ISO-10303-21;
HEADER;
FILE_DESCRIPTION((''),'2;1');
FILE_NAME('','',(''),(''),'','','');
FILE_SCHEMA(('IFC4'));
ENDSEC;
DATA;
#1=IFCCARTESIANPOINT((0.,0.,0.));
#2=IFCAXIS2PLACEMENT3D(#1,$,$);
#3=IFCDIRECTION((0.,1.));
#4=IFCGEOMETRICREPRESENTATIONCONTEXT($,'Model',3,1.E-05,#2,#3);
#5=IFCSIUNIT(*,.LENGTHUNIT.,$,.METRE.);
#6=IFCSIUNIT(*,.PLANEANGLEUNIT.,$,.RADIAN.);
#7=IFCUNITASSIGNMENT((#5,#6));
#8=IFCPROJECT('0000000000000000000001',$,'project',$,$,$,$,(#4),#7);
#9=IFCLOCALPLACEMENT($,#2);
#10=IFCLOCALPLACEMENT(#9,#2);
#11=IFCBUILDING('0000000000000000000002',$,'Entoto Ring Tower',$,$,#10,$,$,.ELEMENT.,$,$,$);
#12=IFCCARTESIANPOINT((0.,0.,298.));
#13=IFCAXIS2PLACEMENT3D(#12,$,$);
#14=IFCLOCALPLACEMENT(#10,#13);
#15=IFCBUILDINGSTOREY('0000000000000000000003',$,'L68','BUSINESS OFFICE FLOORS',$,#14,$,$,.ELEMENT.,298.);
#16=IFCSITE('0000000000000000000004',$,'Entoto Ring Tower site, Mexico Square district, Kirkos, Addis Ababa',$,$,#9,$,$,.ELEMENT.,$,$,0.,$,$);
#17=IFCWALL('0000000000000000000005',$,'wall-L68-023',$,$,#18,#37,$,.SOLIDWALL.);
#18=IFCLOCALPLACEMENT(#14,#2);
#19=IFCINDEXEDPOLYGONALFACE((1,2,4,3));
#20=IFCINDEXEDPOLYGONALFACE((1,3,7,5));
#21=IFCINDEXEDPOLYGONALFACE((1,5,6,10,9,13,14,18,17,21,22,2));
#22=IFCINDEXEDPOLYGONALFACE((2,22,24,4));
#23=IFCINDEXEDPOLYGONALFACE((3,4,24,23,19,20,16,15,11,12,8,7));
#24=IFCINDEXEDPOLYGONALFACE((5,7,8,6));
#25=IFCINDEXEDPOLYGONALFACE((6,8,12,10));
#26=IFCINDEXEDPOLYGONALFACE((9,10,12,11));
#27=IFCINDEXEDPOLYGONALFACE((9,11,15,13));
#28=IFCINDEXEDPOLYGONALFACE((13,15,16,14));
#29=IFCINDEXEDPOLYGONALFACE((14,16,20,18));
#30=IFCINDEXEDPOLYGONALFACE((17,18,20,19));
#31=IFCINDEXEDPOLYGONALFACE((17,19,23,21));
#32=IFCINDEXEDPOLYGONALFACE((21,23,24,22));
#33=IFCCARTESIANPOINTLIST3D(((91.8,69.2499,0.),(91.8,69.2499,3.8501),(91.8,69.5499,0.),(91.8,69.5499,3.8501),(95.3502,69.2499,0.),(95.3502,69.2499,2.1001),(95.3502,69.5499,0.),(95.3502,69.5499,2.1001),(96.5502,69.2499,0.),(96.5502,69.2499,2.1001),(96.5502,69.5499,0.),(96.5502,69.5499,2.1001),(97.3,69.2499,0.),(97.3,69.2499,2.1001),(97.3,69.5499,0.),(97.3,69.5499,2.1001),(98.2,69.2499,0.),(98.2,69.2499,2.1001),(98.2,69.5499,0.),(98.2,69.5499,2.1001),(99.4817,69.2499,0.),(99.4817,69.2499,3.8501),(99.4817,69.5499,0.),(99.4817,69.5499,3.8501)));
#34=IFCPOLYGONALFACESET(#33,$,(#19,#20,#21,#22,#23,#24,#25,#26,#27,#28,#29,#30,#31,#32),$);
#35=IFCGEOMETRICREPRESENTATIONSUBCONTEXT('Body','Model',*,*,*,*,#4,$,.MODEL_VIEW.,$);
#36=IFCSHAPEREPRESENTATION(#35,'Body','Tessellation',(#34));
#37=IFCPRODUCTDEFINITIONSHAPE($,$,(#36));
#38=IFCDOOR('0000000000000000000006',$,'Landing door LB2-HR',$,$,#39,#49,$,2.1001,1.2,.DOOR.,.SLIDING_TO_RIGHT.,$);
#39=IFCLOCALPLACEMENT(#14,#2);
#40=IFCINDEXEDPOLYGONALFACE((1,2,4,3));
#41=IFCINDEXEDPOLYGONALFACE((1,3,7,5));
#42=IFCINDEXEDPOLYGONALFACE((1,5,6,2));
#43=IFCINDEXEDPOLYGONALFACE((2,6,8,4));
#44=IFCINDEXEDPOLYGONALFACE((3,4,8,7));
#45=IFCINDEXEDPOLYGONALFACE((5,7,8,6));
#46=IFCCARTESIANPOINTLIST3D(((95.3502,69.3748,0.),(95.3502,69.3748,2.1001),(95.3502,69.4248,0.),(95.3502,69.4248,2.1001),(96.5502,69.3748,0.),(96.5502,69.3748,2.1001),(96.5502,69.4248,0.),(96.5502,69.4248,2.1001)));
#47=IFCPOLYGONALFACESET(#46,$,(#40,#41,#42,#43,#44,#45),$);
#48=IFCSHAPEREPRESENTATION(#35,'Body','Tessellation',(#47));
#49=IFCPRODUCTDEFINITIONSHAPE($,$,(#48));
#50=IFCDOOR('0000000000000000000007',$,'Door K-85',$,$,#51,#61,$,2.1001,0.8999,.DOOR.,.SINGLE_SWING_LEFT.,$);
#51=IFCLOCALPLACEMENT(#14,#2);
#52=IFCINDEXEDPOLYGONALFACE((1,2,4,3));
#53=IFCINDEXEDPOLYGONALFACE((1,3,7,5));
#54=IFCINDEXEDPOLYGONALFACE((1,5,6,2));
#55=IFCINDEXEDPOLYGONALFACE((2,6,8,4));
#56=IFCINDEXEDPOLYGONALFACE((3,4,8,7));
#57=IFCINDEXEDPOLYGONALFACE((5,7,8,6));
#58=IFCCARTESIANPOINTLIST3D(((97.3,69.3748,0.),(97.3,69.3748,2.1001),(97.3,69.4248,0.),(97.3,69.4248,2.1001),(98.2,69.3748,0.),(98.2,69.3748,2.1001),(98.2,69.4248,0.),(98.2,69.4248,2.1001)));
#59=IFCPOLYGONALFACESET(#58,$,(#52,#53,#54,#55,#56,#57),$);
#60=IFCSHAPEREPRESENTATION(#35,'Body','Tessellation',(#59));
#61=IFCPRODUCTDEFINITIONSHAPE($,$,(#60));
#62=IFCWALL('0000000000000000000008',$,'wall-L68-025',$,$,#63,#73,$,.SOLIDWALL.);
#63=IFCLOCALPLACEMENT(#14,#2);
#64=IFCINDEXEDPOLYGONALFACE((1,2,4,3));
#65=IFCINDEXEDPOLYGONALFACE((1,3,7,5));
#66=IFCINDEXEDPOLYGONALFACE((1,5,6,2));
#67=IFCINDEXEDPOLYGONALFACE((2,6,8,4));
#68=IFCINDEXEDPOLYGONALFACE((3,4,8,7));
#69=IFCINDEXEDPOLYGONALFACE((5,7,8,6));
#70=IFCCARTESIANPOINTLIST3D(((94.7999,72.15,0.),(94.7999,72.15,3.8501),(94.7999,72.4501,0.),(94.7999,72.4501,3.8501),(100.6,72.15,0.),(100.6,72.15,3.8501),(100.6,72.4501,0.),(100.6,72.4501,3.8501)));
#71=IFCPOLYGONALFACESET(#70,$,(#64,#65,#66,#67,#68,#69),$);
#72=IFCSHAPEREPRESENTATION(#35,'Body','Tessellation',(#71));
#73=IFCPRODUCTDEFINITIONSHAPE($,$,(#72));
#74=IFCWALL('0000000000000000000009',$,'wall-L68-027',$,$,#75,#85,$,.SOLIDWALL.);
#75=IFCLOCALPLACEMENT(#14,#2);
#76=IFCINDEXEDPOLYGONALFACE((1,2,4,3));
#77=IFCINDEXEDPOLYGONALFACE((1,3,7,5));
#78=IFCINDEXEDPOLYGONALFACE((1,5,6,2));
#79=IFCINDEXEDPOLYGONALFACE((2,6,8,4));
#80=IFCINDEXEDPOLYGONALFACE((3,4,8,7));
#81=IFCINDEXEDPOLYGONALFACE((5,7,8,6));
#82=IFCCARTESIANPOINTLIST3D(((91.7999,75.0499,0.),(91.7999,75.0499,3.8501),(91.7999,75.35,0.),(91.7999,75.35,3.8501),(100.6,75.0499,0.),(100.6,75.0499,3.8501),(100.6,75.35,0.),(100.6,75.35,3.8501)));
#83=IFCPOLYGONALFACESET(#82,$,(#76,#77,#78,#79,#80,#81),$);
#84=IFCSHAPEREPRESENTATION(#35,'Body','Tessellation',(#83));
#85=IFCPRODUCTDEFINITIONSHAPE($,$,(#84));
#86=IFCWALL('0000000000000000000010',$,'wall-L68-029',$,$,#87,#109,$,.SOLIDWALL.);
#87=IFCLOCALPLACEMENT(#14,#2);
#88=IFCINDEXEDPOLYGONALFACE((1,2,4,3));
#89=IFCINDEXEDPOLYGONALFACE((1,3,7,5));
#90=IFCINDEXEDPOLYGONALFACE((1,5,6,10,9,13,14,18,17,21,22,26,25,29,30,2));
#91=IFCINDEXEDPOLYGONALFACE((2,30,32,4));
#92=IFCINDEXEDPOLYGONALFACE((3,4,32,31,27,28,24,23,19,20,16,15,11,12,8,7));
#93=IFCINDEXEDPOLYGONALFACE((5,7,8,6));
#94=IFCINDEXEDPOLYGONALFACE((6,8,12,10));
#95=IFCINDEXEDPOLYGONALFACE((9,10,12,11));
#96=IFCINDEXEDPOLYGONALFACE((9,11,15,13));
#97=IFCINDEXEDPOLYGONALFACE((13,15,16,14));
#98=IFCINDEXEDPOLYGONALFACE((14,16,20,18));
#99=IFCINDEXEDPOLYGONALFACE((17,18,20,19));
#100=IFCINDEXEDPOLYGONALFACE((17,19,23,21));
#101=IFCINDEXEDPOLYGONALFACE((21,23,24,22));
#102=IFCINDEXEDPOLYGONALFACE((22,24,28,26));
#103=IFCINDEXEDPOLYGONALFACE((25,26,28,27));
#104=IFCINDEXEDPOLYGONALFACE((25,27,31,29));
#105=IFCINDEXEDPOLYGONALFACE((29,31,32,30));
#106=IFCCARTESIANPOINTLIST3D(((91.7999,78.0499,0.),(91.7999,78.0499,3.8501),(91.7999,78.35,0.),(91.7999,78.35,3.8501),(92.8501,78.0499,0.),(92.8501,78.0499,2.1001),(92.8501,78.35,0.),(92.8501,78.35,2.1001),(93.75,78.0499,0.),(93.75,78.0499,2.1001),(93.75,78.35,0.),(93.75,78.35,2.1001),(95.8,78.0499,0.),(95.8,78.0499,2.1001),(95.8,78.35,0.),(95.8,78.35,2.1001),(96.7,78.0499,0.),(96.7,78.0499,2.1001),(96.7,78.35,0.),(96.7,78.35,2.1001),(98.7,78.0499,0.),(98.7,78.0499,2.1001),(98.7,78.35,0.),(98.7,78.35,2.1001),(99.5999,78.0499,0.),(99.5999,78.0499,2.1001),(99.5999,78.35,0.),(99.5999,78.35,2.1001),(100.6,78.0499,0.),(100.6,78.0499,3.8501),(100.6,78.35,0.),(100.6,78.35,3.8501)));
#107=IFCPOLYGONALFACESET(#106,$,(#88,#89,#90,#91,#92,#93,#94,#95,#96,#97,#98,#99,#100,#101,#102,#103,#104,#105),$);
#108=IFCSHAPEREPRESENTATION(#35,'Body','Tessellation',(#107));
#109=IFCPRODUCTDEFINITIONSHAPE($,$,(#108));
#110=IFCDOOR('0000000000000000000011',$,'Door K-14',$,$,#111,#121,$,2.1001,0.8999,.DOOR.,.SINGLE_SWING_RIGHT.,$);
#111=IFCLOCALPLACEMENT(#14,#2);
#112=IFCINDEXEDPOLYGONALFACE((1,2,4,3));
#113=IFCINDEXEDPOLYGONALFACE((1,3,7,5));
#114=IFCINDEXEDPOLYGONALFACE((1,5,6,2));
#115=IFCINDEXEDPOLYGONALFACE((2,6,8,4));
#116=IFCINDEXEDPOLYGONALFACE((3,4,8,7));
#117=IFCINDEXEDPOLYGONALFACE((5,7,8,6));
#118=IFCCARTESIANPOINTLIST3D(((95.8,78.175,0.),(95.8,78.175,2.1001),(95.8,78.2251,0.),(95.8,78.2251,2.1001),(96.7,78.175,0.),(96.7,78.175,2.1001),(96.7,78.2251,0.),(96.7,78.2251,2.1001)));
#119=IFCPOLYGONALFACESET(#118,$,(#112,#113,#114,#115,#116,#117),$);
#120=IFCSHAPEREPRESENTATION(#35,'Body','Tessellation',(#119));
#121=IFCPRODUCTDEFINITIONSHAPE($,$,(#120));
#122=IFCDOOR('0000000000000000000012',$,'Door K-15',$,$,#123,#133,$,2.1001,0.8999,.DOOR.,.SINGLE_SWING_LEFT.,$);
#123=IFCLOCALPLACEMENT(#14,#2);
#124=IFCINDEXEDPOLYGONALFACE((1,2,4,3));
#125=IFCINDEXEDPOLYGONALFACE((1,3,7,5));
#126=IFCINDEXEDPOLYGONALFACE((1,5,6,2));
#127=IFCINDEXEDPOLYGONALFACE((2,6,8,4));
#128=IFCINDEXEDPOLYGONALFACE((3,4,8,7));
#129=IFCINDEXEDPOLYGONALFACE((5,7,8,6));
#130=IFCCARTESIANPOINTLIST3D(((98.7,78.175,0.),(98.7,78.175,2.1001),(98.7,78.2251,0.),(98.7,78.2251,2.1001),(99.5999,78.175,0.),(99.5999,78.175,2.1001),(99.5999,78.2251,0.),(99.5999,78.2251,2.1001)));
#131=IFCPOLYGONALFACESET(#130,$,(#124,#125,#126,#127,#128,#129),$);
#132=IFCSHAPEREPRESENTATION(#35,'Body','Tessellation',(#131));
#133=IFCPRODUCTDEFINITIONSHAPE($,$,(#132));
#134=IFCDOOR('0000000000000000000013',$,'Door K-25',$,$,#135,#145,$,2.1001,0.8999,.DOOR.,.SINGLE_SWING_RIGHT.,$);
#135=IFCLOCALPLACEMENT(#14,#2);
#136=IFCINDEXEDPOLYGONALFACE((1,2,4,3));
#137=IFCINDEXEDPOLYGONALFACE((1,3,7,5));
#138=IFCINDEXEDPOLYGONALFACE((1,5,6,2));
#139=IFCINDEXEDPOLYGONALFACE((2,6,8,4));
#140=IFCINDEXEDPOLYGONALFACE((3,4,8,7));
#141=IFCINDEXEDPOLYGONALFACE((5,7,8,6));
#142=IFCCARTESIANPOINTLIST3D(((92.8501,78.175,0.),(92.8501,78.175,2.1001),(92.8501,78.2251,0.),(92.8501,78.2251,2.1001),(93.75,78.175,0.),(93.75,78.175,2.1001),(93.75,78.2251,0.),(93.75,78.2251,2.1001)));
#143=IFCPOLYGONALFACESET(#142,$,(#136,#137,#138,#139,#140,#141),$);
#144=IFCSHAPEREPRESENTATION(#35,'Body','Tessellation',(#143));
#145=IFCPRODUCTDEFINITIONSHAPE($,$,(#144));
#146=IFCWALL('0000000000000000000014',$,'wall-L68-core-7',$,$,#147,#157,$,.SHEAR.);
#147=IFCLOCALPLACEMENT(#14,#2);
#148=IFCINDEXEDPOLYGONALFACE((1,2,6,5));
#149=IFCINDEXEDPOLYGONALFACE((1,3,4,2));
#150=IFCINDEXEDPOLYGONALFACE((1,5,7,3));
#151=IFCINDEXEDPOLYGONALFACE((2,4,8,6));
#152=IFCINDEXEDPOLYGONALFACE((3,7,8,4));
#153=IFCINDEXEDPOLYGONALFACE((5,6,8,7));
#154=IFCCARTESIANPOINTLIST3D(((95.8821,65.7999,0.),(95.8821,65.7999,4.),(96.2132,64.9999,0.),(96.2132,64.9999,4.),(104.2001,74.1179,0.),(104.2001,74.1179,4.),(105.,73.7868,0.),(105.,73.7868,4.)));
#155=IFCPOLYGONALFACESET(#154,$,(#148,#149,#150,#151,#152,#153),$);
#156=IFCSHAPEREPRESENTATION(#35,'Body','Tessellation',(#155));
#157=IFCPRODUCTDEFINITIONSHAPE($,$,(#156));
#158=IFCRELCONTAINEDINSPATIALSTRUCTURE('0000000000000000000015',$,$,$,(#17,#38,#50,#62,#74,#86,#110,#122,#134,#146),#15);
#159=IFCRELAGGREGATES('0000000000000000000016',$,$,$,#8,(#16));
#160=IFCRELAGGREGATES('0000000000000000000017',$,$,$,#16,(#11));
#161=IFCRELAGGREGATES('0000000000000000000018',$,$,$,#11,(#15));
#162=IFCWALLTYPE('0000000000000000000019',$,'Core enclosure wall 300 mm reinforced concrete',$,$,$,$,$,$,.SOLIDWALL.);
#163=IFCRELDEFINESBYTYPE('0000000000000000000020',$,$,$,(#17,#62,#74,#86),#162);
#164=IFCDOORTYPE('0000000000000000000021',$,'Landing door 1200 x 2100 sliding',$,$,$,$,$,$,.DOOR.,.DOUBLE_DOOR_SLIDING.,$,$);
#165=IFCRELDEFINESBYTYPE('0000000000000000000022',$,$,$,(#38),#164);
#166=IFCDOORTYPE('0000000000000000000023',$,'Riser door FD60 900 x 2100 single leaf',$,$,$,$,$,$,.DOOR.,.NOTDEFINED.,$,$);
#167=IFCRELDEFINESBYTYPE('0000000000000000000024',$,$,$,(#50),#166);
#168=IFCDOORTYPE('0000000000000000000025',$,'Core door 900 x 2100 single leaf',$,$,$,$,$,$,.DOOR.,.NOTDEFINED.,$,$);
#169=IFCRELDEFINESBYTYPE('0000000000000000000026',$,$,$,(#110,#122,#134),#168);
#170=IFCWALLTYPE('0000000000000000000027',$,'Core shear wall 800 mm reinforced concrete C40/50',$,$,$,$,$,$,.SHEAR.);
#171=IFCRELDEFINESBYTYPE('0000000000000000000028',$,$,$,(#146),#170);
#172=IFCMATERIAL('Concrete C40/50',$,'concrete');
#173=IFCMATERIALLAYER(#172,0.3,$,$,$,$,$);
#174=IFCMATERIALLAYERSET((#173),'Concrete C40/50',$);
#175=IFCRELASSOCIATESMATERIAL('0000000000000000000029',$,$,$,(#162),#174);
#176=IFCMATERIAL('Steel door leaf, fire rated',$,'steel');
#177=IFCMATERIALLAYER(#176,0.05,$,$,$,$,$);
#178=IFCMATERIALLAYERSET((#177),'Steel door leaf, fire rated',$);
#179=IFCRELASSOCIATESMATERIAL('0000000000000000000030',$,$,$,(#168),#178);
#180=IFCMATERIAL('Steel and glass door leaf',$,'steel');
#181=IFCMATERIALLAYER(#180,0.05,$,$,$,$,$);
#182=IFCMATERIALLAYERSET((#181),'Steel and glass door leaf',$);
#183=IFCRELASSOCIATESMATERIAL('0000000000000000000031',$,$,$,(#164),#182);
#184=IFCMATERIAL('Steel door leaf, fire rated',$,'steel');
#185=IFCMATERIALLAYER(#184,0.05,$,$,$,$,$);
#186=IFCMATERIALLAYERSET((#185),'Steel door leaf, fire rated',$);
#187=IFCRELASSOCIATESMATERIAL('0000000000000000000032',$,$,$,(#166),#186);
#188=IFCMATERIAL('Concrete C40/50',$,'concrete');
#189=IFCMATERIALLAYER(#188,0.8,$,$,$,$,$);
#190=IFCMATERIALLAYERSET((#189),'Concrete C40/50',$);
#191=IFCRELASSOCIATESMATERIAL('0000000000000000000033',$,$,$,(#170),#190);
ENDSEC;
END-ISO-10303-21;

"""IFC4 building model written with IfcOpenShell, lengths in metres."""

from ifc_helpers import new_model, si_unit, direction, frame, frame_2d, origin, place, context, subcontext, project, spatial, polyline, rectangle, outline, extrude, material, layer, layer_set, type_object, element, fill, save


model = new_model("IFC4")

# Units and contexts
model_context = context("Model", 3, precision=1e-05, world=origin(), true_north=direction((0.0, 1.0)))
body_context = subcontext(model_context, "Body", "Model", "MODEL_VIEW")
ifc_project = project(units=[si_unit("LENGTHUNIT", "METRE"), si_unit("PLANEANGLEUNIT", "RADIAN")], contexts=[model_context])

# Site, building, storey
site_placement = place(None, origin())
site = spatial("IfcSite", under=ifc_project, at=site_placement, Name="Entoto Ring Tower site, Mexico Square district, Kirkos, Addis Ababa", CompositionType="ELEMENT", RefElevation=0.0)
building_placement = place(site_placement, origin())
building = spatial("IfcBuilding", under=site, at=building_placement, Name="Entoto Ring Tower", CompositionType="ELEMENT")
storey_placement = place(building_placement, frame((0.0, 0.0, 298.0)))
storey = spatial("IfcBuildingStorey", under=building, at=storey_placement, Name="L68", Description="BUSINESS OFFICE FLOORS", CompositionType="ELEMENT", Elevation=298.0)

# Shared definitions
ifc_material_1 = material(Name="Concrete C40/50", Category="concrete")
ifc_layer_1 = layer(ifc_material_1, 0.3)
ifc_layer_set_1 = layer_set([ifc_layer_1], Name="Concrete C40/50")
wall_type_1 = type_object("IfcWallType", Name="Core enclosure wall 300 mm reinforced concrete", PredefinedType="SOLIDWALL", material=ifc_layer_set_1)

# Wall, openings, doors
ifc_material_2 = material(Name="Steel door leaf, fire rated", Category="steel")
ifc_layer_2 = layer(ifc_material_2, 0.05)
ifc_layer_set_2 = layer_set([ifc_layer_2], Name="Steel door leaf, fire rated")
door_type_1 = type_object("IfcDoorType", Name="Core door 900 x 2100 single leaf", OperationType="NOTDEFINED", PredefinedType="DOOR", material=ifc_layer_set_2)
wall_1_placement = place(storey_placement, frame((91.8, 69.3999, 0.0), z_axis=(0.0, 0.0, 1.0), x_axis=(1.0, 0.0, 0.0)))
wall_1 = element("IfcWall", 1, at=wall_1_placement, inside=storey, type_object=wall_type_1, Name="wall-L68-023", PredefinedType="SOLIDWALL", context=body_context, shape_type="SweptSolid", body=[
    extrude(rectangle(XDim=7.6816, YDim=0.3, at=frame_2d((3.8408, 0.0))), origin(), (0.0, 0.0, 1.0), 3.8501),
])
opening_1_placement = place(wall_1_placement, frame((3.55, 0.0, 0.0)))
opening_1 = element("IfcOpeningElement", 2, at=opening_1_placement, cuts=wall_1, PredefinedType="OPENING", context=body_context, shape_type="SweptSolid", body=[
    extrude(rectangle(XDim=1.2, YDim=2.1001, at=frame_2d((0.6001, 1.05))), frame((0.0, 0.1602, 0.0), z_axis=(0.0, -1.0, 0.0), x_axis=(1.0, 0.0, 0.0)), (0.0, 0.0, 1.0), 0.3201),
])
opening_2_placement = place(wall_1_placement, frame((5.5, 0.0, 0.0)))
opening_2 = element("IfcOpeningElement", 3, at=opening_2_placement, cuts=wall_1, PredefinedType="OPENING", context=body_context, shape_type="SweptSolid", body=[
    extrude(rectangle(XDim=0.8999, YDim=2.1001, at=frame_2d((0.45, 1.05))), frame((0.0, 0.1602, 0.0), z_axis=(0.0, -1.0, 0.0), x_axis=(1.0, 0.0, 0.0)), (0.0, 0.0, 1.0), 0.3201),
])
ifc_material_3 = material(Name="Steel and glass door leaf", Category="steel")
ifc_layer_3 = layer(ifc_material_3, 0.05)
ifc_layer_set_3 = layer_set([ifc_layer_3], Name="Steel and glass door leaf")
door_type_2 = type_object("IfcDoorType", Name="Landing door 1200 x 2100 sliding", OperationType="DOUBLE_DOOR_SLIDING", PredefinedType="DOOR", material=ifc_layer_set_3)
door_1_placement = place(opening_1_placement, origin())
door_1 = element("IfcDoor", 4, at=door_1_placement, inside=storey, type_object=door_type_2, Name="Landing door LB2-HR", OperationType="SLIDING_TO_RIGHT", OverallHeight=2.1001, OverallWidth=1.2, PredefinedType="DOOR", context=body_context, shape_type="SweptSolid", body=[
    extrude(rectangle(XDim=1.2, YDim=2.1001, at=frame_2d((0.6001, 1.05))), frame((0.0, 0.0249, 0.0), z_axis=(0.0, -1.0, 0.0), x_axis=(1.0, 0.0, 0.0)), (0.0, 0.0, 1.0), 0.05),
])
fill(opening_1, door_1)
ifc_material_4 = material(Name="Steel door leaf, fire rated", Category="steel")
ifc_layer_4 = layer(ifc_material_4, 0.05)
ifc_layer_set_4 = layer_set([ifc_layer_4], Name="Steel door leaf, fire rated")
door_type_3 = type_object("IfcDoorType", Name="Riser door FD60 900 x 2100 single leaf", OperationType="NOTDEFINED", PredefinedType="DOOR", material=ifc_layer_set_4)
door_2_placement = place(opening_2_placement, origin())
door_2 = element("IfcDoor", 5, at=door_2_placement, inside=storey, type_object=door_type_3, Name="Door K-85", OperationType="SINGLE_SWING_LEFT", OverallHeight=2.1001, OverallWidth=0.8999, PredefinedType="DOOR", context=body_context, shape_type="SweptSolid", body=[
    extrude(rectangle(XDim=0.8999, YDim=2.1001, at=frame_2d((0.45, 1.05))), frame((0.0, 0.0249, 0.0), z_axis=(0.0, -1.0, 0.0), x_axis=(1.0, 0.0, 0.0)), (0.0, 0.0, 1.0), 0.05),
])
fill(opening_2, door_2)

# Walls
wall_2_placement = place(storey_placement, frame((94.8, 72.3, 0.0), z_axis=(0.0, 0.0, 1.0), x_axis=(1.0, 0.0, 0.0)))
element("IfcWall", 6, at=wall_2_placement, inside=storey, type_object=wall_type_1, Name="wall-L68-025", PredefinedType="SOLIDWALL", context=body_context, shape_type="SweptSolid", body=[
    extrude(rectangle(XDim=5.8, YDim=0.3, at=frame_2d((2.8999, 0.0))), origin(), (0.0, 0.0, 1.0), 3.8501),
])
wall_3_placement = place(storey_placement, frame((91.8, 75.2, 0.0), z_axis=(0.0, 0.0, 1.0), x_axis=(1.0, 0.0, 0.0)))
element("IfcWall", 7, at=wall_3_placement, inside=storey, type_object=wall_type_1, Name="wall-L68-027", PredefinedType="SOLIDWALL", context=body_context, shape_type="SweptSolid", body=[
    extrude(rectangle(XDim=8.8, YDim=0.3, at=frame_2d((4.3999, 0.0))), origin(), (0.0, 0.0, 1.0), 3.8501),
])

# Wall, openings, doors
wall_4_placement = place(storey_placement, frame((91.8, 78.2, 0.0), z_axis=(0.0, 0.0, 1.0), x_axis=(1.0, 0.0, 0.0)))
wall_4 = element("IfcWall", 8, at=wall_4_placement, inside=storey, type_object=wall_type_1, Name="wall-L68-029", PredefinedType="SOLIDWALL", context=body_context, shape_type="SweptSolid", body=[
    extrude(rectangle(XDim=8.8, YDim=0.3, at=frame_2d((4.3999, 0.0))), origin(), (0.0, 0.0, 1.0), 3.8501),
])
opening_3_placement = place(wall_4_placement, frame((4.0, 0.0, 0.0)))
opening_3 = element("IfcOpeningElement", 9, at=opening_3_placement, cuts=wall_4, PredefinedType="OPENING", context=body_context, shape_type="SweptSolid", body=[
    extrude(rectangle(XDim=0.8999, YDim=2.1001, at=frame_2d((0.45, 1.05))), frame((0.0, 0.1602, 0.0), z_axis=(0.0, -1.0, 0.0), x_axis=(1.0, 0.0, 0.0)), (0.0, 0.0, 1.0), 0.3201),
])
opening_4_placement = place(wall_4_placement, frame((6.8999, 0.0, 0.0)))
opening_4 = element("IfcOpeningElement", 10, at=opening_4_placement, cuts=wall_4, PredefinedType="OPENING", context=body_context, shape_type="SweptSolid", body=[
    extrude(rectangle(XDim=0.8999, YDim=2.1001, at=frame_2d((0.45, 1.05))), frame((0.0, 0.1602, 0.0), z_axis=(0.0, -1.0, 0.0), x_axis=(1.0, 0.0, 0.0)), (0.0, 0.0, 1.0), 0.3201),
])
opening_5_placement = place(wall_4_placement, frame((1.05, 0.0, 0.0)))
opening_5 = element("IfcOpeningElement", 11, at=opening_5_placement, cuts=wall_4, PredefinedType="OPENING", context=body_context, shape_type="SweptSolid", body=[
    extrude(rectangle(XDim=0.8999, YDim=2.1001, at=frame_2d((0.45, 1.05))), frame((0.0, 0.1602, 0.0), z_axis=(0.0, -1.0, 0.0), x_axis=(1.0, 0.0, 0.0)), (0.0, 0.0, 1.0), 0.3201),
])
door_3_placement = place(opening_3_placement, frame((0.8999, 0.0, 0.0), z_axis=(0.0, 0.0, 1.0), x_axis=(-1.0, 0.0, 0.0)))
door_3 = element("IfcDoor", 12, at=door_3_placement, inside=storey, type_object=door_type_1, Name="Door K-14", OperationType="SINGLE_SWING_RIGHT", OverallHeight=2.1001, OverallWidth=0.8999, PredefinedType="DOOR", context=body_context, shape_type="SweptSolid", body=[
    extrude(rectangle(XDim=0.8999, YDim=2.1001, at=frame_2d((0.45, 1.05))), frame((0.0, 0.0249, 0.0), z_axis=(0.0, -1.0, 0.0), x_axis=(1.0, 0.0, 0.0)), (0.0, 0.0, 1.0), 0.05),
])
fill(opening_3, door_3)
door_4_placement = place(opening_4_placement, frame((0.8999, 0.0, 0.0), z_axis=(0.0, 0.0, 1.0), x_axis=(-1.0, 0.0, 0.0)))
door_4 = element("IfcDoor", 13, at=door_4_placement, inside=storey, type_object=door_type_1, Name="Door K-15", OperationType="SINGLE_SWING_LEFT", OverallHeight=2.1001, OverallWidth=0.8999, PredefinedType="DOOR", context=body_context, shape_type="SweptSolid", body=[
    extrude(rectangle(XDim=0.8999, YDim=2.1001, at=frame_2d((0.45, 1.05))), frame((0.0, 0.0249, 0.0), z_axis=(0.0, -1.0, 0.0), x_axis=(1.0, 0.0, 0.0)), (0.0, 0.0, 1.0), 0.05),
])
fill(opening_4, door_4)
door_5_placement = place(opening_5_placement, frame((0.8999, 0.0, 0.0), z_axis=(0.0, 0.0, 1.0), x_axis=(-1.0, 0.0, 0.0)))
door_5 = element("IfcDoor", 14, at=door_5_placement, inside=storey, type_object=door_type_1, Name="Door K-25", OperationType="SINGLE_SWING_RIGHT", OverallHeight=2.1001, OverallWidth=0.8999, PredefinedType="DOOR", context=body_context, shape_type="SweptSolid", body=[
    extrude(rectangle(XDim=0.8999, YDim=2.1001, at=frame_2d((0.45, 1.05))), frame((0.0, 0.0249, 0.0), z_axis=(0.0, -1.0, 0.0), x_axis=(1.0, 0.0, 0.0)), (0.0, 0.0, 1.0), 0.05),
])
fill(opening_5, door_5)

# Wall
ifc_material_5 = material(Name="Concrete C40/50", Category="concrete")
ifc_layer_5 = layer(ifc_material_5, 0.8)
ifc_layer_set_5 = layer_set([ifc_layer_5], Name="Concrete C40/50")
wall_type_2 = type_object("IfcWallType", Name="Core shear wall 800 mm reinforced concrete C40/50", PredefinedType="SHEAR", material=ifc_layer_set_5)
wall_5_placement = place(storey_placement, frame((96.0476, 65.3999, 0.0), z_axis=(0.0, 0.0, 1.0), x_axis=(0.707107, 0.707107, 0.0)))
element("IfcWall", 15, at=wall_5_placement, inside=storey, type_object=wall_type_2, Name="wall-L68-core-7", PredefinedType="SHEAR", context=body_context, shape_type="SweptSolid", body=[
    extrude(outline(polyline([(-0.1658, -0.3999), (12.2607, -0.3999), (11.9292, 0.3999), (0.1658, 0.3999), (-0.1658, -0.3999)])), origin(), (0.0, 0.0, 1.0), 4.0),
])

save(model, "model.ifc")
